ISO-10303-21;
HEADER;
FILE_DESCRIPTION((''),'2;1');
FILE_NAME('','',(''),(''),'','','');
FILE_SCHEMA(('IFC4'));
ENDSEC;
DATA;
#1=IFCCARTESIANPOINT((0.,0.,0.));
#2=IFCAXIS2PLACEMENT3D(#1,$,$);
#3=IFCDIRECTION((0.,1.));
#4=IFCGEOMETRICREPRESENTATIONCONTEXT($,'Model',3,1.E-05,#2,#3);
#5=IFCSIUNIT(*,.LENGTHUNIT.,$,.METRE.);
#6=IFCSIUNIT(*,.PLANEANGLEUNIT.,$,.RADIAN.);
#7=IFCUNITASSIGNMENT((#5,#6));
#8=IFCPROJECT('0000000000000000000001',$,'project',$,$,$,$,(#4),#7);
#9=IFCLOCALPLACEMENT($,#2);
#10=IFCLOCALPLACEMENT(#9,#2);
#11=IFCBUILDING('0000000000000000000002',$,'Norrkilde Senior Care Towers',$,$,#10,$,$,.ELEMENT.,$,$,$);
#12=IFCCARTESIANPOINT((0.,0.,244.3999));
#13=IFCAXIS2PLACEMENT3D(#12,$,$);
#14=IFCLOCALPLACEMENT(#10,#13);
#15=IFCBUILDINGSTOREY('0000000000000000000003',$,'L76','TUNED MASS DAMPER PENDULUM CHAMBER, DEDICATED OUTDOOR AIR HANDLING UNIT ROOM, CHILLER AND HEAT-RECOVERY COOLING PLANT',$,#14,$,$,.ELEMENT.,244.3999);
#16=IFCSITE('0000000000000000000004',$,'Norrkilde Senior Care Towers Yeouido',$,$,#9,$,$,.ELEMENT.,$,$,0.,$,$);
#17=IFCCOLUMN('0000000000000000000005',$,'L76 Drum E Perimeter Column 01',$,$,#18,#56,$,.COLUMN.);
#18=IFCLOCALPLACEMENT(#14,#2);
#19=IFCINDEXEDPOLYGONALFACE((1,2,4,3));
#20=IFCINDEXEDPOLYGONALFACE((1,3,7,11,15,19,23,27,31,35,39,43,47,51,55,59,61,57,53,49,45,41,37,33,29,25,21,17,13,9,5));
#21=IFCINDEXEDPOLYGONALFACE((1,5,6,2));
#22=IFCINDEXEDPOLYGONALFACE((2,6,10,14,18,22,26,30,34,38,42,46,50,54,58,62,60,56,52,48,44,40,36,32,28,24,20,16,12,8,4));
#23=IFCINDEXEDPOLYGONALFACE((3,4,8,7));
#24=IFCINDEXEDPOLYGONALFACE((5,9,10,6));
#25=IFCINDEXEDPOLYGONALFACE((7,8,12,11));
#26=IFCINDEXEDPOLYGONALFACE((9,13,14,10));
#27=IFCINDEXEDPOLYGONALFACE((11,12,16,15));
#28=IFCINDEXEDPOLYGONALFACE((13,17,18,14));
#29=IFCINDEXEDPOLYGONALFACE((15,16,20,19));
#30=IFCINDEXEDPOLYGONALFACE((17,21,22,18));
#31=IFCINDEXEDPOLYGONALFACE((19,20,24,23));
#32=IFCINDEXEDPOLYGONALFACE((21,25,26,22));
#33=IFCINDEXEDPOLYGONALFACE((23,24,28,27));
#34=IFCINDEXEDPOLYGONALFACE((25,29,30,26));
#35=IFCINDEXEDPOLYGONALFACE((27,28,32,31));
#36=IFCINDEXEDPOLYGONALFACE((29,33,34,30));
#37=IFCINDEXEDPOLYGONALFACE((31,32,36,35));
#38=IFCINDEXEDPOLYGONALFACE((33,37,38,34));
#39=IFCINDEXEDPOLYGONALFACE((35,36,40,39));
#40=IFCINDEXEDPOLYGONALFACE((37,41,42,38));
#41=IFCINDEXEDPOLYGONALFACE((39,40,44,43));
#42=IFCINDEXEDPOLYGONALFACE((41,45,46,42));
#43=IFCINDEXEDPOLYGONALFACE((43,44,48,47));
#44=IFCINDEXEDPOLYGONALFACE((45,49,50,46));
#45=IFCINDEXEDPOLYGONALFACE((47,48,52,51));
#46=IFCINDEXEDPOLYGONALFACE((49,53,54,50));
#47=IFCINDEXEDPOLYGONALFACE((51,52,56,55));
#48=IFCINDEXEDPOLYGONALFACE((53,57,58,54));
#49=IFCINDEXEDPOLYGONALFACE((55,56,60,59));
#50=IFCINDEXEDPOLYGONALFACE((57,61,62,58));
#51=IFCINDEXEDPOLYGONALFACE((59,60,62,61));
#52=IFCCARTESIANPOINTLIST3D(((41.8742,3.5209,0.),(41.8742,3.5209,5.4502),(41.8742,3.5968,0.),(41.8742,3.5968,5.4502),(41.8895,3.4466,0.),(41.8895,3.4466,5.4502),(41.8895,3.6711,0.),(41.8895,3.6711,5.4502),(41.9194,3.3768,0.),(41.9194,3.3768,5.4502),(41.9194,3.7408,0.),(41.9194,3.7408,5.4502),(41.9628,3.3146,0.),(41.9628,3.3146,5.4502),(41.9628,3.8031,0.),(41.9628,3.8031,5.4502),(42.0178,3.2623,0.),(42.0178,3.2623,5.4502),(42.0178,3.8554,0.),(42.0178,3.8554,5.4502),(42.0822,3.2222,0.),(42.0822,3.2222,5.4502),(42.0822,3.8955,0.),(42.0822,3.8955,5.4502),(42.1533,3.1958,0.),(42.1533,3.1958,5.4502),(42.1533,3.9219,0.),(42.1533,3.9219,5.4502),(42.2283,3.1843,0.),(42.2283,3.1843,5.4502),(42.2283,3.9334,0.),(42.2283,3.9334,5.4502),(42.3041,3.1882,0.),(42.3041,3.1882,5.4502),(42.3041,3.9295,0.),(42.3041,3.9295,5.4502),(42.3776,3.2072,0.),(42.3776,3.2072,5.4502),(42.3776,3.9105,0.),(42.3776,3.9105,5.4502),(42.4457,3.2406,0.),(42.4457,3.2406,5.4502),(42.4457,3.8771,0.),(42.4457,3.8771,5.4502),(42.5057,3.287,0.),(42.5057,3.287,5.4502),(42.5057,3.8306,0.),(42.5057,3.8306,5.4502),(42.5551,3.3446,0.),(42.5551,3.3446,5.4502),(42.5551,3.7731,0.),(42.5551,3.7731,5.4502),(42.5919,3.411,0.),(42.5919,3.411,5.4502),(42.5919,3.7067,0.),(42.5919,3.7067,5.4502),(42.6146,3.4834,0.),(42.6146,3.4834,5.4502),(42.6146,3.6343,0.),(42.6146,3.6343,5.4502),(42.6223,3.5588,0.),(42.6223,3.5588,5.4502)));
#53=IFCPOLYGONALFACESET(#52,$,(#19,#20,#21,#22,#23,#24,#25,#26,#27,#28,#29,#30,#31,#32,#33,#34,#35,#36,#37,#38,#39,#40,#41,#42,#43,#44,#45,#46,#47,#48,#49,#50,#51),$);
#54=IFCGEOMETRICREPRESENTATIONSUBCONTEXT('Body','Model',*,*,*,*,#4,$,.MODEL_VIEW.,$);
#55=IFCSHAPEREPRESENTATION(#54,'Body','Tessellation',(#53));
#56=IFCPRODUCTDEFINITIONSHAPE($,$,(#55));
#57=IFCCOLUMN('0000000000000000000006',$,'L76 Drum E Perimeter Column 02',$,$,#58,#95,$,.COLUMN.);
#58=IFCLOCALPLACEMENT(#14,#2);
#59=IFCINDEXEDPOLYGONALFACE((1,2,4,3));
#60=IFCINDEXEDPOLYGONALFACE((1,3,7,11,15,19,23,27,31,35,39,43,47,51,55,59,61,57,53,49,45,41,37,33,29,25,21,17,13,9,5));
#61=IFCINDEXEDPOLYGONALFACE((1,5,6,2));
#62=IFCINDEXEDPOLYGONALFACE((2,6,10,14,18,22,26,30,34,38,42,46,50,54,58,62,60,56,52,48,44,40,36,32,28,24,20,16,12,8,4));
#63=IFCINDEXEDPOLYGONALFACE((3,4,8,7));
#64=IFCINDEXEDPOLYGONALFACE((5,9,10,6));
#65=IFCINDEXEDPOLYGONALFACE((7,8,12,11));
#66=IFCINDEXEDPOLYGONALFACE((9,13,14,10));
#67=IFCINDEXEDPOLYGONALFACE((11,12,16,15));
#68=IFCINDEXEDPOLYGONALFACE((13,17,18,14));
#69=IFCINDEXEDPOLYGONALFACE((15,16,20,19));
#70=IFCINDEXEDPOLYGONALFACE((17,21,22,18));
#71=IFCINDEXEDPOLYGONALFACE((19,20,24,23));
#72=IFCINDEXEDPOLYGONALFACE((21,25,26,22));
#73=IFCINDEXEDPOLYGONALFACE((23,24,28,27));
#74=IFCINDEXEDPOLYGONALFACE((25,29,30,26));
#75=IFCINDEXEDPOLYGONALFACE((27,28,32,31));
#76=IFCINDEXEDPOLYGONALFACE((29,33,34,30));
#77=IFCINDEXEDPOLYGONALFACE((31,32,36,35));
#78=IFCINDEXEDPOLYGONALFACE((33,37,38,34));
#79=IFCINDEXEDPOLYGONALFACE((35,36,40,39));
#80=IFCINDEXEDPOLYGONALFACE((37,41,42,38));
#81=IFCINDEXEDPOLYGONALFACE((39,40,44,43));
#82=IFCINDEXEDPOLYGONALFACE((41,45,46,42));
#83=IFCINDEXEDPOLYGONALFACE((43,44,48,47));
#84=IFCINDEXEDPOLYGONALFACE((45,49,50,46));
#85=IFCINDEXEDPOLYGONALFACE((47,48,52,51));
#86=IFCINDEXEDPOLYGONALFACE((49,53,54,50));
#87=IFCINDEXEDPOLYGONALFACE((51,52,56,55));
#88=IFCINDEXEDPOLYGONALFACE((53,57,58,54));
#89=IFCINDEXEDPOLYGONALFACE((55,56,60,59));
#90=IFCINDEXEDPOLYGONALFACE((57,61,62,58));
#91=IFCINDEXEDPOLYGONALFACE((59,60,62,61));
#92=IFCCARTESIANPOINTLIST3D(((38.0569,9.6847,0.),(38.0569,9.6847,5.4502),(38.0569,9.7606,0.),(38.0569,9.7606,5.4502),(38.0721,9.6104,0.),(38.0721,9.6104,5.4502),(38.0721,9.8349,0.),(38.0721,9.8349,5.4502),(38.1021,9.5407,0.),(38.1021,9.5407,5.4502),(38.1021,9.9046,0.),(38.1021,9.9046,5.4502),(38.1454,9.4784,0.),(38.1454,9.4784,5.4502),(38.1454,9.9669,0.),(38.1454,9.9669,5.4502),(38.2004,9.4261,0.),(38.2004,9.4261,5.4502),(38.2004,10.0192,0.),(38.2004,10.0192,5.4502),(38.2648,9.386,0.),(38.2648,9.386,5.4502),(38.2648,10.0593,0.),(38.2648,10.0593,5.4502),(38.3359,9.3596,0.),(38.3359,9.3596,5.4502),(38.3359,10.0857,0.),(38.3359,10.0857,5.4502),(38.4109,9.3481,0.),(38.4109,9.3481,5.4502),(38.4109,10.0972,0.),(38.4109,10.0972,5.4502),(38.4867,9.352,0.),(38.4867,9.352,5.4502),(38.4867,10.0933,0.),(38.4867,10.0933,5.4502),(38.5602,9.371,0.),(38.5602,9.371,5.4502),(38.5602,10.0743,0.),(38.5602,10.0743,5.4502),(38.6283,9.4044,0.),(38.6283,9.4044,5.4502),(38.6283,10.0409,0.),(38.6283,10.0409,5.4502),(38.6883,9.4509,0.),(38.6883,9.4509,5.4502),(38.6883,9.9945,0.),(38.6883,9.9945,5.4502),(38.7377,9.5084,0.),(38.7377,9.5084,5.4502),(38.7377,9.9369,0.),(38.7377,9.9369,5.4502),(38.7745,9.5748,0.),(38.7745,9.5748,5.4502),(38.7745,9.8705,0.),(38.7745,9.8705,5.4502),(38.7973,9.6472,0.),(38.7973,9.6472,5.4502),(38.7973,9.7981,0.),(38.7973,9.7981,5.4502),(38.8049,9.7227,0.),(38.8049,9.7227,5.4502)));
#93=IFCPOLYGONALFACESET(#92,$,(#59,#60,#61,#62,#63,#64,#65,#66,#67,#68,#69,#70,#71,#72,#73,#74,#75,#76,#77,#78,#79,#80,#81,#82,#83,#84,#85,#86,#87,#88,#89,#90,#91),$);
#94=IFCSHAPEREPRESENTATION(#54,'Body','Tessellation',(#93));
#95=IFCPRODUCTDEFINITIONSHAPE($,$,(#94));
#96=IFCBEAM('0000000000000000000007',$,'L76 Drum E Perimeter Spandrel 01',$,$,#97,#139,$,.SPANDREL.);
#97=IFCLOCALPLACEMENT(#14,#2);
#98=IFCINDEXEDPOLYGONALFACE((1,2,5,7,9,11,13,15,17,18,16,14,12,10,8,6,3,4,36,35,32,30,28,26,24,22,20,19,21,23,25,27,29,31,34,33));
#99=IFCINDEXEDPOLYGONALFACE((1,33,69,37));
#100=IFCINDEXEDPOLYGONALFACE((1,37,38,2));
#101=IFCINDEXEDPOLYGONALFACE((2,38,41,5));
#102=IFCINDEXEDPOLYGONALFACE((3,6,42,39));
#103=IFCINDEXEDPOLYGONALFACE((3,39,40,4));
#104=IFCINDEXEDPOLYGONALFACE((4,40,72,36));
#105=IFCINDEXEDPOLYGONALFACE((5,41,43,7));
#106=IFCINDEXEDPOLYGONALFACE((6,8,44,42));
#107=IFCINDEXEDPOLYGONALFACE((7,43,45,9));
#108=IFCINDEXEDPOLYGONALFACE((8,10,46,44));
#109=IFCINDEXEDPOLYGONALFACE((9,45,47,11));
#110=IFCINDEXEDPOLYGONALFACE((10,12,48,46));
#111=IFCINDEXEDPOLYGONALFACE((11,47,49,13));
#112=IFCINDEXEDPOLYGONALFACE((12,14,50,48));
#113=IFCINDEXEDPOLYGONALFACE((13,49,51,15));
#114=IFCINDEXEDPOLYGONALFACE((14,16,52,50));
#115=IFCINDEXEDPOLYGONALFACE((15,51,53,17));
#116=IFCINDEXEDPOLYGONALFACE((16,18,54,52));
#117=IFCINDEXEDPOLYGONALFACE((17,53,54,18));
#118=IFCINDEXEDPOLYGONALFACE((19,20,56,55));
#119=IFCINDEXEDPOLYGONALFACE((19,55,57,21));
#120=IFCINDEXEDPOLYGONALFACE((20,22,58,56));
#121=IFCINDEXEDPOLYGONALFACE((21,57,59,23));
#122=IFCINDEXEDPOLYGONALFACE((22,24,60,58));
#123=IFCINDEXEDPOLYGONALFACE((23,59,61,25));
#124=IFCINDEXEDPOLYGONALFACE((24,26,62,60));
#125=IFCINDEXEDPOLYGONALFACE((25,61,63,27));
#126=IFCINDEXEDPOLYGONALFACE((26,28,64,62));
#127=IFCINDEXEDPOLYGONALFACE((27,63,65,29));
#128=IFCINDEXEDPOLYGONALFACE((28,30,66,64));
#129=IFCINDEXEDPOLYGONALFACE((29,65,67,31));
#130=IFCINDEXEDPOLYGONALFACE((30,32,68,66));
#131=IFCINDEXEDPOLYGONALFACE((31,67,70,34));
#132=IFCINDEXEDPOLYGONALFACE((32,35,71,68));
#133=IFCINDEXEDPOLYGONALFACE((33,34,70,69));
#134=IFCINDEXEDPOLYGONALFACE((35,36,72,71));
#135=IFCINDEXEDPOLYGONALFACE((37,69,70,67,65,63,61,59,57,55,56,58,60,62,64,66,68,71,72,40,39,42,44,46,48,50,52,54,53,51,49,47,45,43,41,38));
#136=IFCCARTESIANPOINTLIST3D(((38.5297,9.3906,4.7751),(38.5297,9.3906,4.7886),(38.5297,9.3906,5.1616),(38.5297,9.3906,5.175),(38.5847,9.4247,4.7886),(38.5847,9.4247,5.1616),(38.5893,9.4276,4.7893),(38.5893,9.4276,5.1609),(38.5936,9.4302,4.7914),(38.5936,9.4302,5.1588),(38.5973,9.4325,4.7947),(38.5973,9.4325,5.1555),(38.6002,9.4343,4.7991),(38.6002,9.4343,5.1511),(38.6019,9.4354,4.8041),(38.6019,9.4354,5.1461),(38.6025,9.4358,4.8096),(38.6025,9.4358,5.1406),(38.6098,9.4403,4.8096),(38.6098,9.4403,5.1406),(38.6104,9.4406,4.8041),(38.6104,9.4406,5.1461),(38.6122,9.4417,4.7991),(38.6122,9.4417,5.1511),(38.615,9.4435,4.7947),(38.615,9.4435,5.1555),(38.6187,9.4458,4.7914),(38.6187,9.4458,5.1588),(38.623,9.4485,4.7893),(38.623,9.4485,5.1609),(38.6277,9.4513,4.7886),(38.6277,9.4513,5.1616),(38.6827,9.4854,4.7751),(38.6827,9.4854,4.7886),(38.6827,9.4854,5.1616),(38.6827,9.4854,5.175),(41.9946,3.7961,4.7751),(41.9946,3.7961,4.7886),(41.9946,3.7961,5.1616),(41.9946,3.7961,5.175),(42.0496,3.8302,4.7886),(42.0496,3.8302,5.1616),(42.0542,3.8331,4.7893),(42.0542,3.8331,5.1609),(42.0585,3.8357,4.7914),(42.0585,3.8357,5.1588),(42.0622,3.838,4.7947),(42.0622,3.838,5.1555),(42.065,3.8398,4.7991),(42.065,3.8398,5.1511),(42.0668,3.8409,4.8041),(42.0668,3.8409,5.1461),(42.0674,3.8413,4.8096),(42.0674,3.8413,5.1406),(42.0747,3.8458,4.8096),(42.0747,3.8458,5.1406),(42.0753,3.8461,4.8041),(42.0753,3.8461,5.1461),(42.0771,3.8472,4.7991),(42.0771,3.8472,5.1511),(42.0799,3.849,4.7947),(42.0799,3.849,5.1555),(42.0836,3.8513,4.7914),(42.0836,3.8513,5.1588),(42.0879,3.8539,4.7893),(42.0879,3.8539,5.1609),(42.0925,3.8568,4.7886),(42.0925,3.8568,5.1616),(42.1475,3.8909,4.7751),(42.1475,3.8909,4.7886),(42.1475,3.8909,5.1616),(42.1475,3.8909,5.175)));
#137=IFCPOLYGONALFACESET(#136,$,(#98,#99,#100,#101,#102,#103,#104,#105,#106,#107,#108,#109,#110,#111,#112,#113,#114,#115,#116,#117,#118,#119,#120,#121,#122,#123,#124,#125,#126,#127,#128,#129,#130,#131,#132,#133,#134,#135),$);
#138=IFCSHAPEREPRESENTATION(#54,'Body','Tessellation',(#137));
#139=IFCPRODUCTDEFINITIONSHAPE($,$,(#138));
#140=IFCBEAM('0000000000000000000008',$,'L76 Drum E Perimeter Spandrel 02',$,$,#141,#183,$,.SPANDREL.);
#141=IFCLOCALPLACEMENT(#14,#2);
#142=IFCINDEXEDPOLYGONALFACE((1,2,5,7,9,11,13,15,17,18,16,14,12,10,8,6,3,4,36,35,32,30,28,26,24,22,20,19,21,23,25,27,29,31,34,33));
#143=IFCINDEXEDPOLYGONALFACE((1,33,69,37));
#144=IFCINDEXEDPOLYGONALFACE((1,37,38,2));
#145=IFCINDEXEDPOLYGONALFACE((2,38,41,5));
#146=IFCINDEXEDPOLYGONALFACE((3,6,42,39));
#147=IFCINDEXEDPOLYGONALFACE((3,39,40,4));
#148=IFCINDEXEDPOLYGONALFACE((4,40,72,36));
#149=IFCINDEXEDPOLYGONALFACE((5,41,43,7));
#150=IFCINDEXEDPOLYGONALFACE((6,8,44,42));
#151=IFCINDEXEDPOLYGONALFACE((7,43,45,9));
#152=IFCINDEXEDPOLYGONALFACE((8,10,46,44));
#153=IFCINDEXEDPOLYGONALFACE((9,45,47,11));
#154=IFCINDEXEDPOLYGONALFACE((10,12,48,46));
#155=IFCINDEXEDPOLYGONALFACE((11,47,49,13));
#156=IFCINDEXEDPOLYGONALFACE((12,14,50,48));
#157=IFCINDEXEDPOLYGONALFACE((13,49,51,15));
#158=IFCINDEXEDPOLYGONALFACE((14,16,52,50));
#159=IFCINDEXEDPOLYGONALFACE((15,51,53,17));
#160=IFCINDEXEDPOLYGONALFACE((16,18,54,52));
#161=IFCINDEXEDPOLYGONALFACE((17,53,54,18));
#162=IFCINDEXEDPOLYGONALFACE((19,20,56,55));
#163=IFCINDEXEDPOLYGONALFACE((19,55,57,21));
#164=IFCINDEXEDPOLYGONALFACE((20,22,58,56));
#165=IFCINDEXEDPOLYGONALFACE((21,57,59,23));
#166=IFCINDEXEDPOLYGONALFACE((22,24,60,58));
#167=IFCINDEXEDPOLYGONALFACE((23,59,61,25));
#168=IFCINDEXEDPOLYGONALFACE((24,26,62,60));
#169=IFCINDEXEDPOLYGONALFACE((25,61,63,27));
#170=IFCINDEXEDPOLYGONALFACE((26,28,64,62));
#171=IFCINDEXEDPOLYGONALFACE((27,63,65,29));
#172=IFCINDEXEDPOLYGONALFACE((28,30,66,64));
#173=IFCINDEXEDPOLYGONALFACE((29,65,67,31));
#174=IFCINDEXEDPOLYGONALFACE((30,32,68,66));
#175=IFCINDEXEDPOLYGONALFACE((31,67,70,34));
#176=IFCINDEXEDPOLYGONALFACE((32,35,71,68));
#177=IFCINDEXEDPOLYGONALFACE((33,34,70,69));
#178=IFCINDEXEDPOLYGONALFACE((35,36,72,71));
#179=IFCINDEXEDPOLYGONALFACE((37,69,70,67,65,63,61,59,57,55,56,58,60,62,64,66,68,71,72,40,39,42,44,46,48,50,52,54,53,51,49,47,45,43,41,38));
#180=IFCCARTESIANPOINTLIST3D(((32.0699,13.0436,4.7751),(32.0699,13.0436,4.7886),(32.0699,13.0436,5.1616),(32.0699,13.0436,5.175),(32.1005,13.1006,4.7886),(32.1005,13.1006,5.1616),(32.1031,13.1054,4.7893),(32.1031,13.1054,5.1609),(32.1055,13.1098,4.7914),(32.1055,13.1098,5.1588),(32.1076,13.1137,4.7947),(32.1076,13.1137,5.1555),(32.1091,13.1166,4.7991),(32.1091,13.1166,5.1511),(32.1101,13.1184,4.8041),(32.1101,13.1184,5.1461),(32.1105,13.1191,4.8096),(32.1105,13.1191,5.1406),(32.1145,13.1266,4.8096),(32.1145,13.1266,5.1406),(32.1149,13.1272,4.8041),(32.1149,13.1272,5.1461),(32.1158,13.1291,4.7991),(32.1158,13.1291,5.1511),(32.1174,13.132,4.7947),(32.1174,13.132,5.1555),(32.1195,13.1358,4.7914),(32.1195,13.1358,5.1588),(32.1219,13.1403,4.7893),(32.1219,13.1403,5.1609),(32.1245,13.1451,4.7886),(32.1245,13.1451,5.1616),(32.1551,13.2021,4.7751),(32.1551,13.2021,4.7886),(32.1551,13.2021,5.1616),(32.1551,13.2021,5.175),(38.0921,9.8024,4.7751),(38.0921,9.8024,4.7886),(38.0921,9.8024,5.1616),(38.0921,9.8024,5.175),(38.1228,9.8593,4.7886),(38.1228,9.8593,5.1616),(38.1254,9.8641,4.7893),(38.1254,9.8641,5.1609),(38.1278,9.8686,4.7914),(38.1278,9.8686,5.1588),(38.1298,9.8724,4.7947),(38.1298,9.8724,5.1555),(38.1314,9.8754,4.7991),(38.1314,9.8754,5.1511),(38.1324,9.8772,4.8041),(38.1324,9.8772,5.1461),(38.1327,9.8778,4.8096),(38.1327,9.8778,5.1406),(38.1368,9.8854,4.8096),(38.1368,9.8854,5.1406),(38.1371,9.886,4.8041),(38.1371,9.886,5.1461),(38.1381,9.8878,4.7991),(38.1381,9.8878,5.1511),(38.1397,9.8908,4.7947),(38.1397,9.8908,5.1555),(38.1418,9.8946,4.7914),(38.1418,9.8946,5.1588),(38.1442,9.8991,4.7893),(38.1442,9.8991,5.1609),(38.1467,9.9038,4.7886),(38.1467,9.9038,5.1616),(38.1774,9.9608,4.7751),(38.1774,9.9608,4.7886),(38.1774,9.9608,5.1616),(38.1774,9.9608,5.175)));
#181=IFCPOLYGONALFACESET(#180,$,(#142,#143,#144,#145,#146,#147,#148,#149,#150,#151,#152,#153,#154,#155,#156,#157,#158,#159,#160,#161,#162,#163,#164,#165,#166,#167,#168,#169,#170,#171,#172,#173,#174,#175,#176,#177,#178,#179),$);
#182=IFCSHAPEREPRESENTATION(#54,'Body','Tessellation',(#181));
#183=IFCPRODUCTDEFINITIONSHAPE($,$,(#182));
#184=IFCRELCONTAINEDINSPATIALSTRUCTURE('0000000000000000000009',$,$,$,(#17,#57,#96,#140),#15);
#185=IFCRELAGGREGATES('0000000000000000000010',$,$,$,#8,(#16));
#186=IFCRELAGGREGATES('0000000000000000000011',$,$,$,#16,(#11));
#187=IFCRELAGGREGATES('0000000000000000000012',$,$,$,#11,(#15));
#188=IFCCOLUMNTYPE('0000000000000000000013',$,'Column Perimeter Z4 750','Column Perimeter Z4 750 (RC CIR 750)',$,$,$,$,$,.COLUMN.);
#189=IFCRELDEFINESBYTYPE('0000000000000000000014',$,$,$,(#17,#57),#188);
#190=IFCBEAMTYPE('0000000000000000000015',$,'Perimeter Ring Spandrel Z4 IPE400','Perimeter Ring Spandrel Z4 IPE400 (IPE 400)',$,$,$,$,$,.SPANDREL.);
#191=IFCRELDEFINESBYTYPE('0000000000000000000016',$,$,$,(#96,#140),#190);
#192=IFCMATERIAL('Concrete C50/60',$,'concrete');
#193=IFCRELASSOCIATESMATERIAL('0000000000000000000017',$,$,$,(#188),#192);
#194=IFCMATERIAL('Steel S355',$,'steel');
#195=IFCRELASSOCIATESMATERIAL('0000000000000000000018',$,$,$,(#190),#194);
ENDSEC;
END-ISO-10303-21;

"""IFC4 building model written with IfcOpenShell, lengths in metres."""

from ifc_helpers import new_model, si_unit, direction, frame, origin, origin_2d, place, context, subcontext, project, spatial, circle, i_section, extrude, source, transform, mapped, material, material_profile, profile_set, type_object, type_shapes, element, save


model = new_model("IFC4")

# Units and contexts
model_context = context("Model", 3, precision=1e-05, world=origin(), true_north=direction((0.0, 1.0)))
body_context = subcontext(model_context, "Body", "Model", "MODEL_VIEW")
ifc_project = project(units=[si_unit("LENGTHUNIT", "METRE"), si_unit("PLANEANGLEUNIT", "RADIAN")], contexts=[model_context])

# Site, building, storey
site_placement = place(None, origin())
site = spatial("IfcSite", under=ifc_project, at=site_placement, Name="Norrkilde Senior Care Towers Yeouido", CompositionType="ELEMENT", RefElevation=0.0)
building_placement = place(site_placement, origin())
building = spatial("IfcBuilding", under=site, at=building_placement, Name="Norrkilde Senior Care Towers", CompositionType="ELEMENT")
storey_placement = place(building_placement, frame((0.0, 0.0, 244.3999)))
storey = spatial("IfcBuildingStorey", under=building, at=storey_placement, Name="L76", Description="TUNED MASS DAMPER PENDULUM CHAMBER, DEDICATED OUTDOOR AIR HANDLING UNIT ROOM, CHILLER AND HEAT-RECOVERY COOLING PLANT", CompositionType="ELEMENT", Elevation=244.3999)

# Columns
ifc_material_1 = material(Name="Concrete C50/60", Category="concrete")
ifc_material_profile_1 = material_profile(ifc_material_1, circle(Radius=0.375, at=origin_2d()), Name="RC CIR 750")
ifc_profile_set_1 = profile_set([ifc_material_profile_1], Name="Concrete C50/60")
column_type = type_object("IfcColumnType", Name="Column Perimeter Z4 750", Description="Column Perimeter Z4 750 (RC CIR 750)", PredefinedType="COLUMN", material=ifc_profile_set_1)
shared_shape_1 = source(origin(), body_context, "Body", "SweptSolid", [
    extrude(circle(Radius=0.375, at=origin_2d()), origin(), (0.0, 0.0, 1.0), 5.4502),
])
type_shapes(column_type, [shared_shape_1])
for number, where, z_axis, x_axis, name in (
    (1, (42.2473, 3.5588, 0.0), (0.0, 0.0, 1.0), (1.0, 0.0, 0.0), "L76 Drum E Perimeter Column 01"),
    (2, (38.4299, 9.7227, 0.0), (0.0, 0.0, 1.0), (1.0, 0.0, 0.0), "L76 Drum E Perimeter Column 02"),
):
    element("IfcColumn", number, at=place(storey_placement, frame(where, z_axis=z_axis, x_axis=x_axis)), inside=storey, type_object=column_type, Name=name, PredefinedType="COLUMN", context=body_context, shape_type="MappedRepresentation", body=[
        mapped(shared_shape_1, transform((0.0, 0.0, 0.0), x_axis=(1.0, 0.0, 0.0), y_axis=(0.0, 1.0, 0.0), z_axis=(0.0, 0.0, 1.0), scale=1.0)),
    ])

# Beams
ifc_material_2 = material(Name="Steel S355", Category="steel")
ifc_material_profile_2 = material_profile(ifc_material_2, i_section(OverallWidth=0.1799, OverallDepth=0.3999, WebThickness=0.0085, FlangeThickness=0.0134, FilletRadius=0.021, at=origin_2d()), Name="IPE 400")
ifc_profile_set_2 = profile_set([ifc_material_profile_2], Name="Steel S355")
beam_type_1 = type_object("IfcBeamType", Name="Perimeter Ring Spandrel Z4 IPE400", Description="Perimeter Ring Spandrel Z4 IPE400 (IPE 400)", PredefinedType="SPANDREL", material=ifc_profile_set_2)
shared_shape_2 = source(origin(), body_context, "Body", "SweptSolid", [
    extrude(i_section(OverallWidth=0.1799, OverallDepth=0.3999, WebThickness=0.0085, FlangeThickness=0.0134, FilletRadius=0.021, at=origin_2d()), origin(), (0.0, 0.0, 1.0), 6.5806),
])
beam_1_placement = place(storey_placement, frame((42.071, 3.8435, 4.9751), z_axis=(-0.52653, 0.850157, 0.0), x_axis=(-0.850157, -0.52653, 0.0)))
element("IfcBeam", 3, at=beam_1_placement, inside=storey, type_object=beam_type_1, Name="L76 Drum E Perimeter Spandrel 01", PredefinedType="SPANDREL", context=body_context, shape_type="MappedRepresentation", body=[
    mapped(shared_shape_2, transform((0.0, 0.0, 0.0), x_axis=(1.0, 0.0, 0.0), y_axis=(0.0, 1.0, 0.0), z_axis=(0.0, 0.0, 1.0), scale=1.0)),
])
shared_shape_3 = source(origin(), body_context, "Body", "SweptSolid", [
    extrude(i_section(OverallWidth=0.1799, OverallDepth=0.3999, WebThickness=0.0085, FlangeThickness=0.0134, FilletRadius=0.021, at=origin_2d()), origin(), (0.0, 0.0, 1.0), 6.8391),
])
type_shapes(beam_type_1, [shared_shape_2, shared_shape_3])
beam_2_placement = place(storey_placement, frame((38.1348, 9.8816, 4.9751), z_axis=(-0.880564, 0.473927, 0.0), x_axis=(-0.473927, -0.880564, 0.0)))
element("IfcBeam", 4, at=beam_2_placement, inside=storey, type_object=beam_type_1, Name="L76 Drum E Perimeter Spandrel 02", PredefinedType="SPANDREL", context=body_context, shape_type="MappedRepresentation", body=[
    mapped(shared_shape_3, transform((0.0, 0.0, 0.0), x_axis=(1.0, 0.0, 0.0), y_axis=(0.0, 1.0, 0.0), z_axis=(0.0, 0.0, 1.0), scale=1.0)),
])

save(model, "model.ifc")
